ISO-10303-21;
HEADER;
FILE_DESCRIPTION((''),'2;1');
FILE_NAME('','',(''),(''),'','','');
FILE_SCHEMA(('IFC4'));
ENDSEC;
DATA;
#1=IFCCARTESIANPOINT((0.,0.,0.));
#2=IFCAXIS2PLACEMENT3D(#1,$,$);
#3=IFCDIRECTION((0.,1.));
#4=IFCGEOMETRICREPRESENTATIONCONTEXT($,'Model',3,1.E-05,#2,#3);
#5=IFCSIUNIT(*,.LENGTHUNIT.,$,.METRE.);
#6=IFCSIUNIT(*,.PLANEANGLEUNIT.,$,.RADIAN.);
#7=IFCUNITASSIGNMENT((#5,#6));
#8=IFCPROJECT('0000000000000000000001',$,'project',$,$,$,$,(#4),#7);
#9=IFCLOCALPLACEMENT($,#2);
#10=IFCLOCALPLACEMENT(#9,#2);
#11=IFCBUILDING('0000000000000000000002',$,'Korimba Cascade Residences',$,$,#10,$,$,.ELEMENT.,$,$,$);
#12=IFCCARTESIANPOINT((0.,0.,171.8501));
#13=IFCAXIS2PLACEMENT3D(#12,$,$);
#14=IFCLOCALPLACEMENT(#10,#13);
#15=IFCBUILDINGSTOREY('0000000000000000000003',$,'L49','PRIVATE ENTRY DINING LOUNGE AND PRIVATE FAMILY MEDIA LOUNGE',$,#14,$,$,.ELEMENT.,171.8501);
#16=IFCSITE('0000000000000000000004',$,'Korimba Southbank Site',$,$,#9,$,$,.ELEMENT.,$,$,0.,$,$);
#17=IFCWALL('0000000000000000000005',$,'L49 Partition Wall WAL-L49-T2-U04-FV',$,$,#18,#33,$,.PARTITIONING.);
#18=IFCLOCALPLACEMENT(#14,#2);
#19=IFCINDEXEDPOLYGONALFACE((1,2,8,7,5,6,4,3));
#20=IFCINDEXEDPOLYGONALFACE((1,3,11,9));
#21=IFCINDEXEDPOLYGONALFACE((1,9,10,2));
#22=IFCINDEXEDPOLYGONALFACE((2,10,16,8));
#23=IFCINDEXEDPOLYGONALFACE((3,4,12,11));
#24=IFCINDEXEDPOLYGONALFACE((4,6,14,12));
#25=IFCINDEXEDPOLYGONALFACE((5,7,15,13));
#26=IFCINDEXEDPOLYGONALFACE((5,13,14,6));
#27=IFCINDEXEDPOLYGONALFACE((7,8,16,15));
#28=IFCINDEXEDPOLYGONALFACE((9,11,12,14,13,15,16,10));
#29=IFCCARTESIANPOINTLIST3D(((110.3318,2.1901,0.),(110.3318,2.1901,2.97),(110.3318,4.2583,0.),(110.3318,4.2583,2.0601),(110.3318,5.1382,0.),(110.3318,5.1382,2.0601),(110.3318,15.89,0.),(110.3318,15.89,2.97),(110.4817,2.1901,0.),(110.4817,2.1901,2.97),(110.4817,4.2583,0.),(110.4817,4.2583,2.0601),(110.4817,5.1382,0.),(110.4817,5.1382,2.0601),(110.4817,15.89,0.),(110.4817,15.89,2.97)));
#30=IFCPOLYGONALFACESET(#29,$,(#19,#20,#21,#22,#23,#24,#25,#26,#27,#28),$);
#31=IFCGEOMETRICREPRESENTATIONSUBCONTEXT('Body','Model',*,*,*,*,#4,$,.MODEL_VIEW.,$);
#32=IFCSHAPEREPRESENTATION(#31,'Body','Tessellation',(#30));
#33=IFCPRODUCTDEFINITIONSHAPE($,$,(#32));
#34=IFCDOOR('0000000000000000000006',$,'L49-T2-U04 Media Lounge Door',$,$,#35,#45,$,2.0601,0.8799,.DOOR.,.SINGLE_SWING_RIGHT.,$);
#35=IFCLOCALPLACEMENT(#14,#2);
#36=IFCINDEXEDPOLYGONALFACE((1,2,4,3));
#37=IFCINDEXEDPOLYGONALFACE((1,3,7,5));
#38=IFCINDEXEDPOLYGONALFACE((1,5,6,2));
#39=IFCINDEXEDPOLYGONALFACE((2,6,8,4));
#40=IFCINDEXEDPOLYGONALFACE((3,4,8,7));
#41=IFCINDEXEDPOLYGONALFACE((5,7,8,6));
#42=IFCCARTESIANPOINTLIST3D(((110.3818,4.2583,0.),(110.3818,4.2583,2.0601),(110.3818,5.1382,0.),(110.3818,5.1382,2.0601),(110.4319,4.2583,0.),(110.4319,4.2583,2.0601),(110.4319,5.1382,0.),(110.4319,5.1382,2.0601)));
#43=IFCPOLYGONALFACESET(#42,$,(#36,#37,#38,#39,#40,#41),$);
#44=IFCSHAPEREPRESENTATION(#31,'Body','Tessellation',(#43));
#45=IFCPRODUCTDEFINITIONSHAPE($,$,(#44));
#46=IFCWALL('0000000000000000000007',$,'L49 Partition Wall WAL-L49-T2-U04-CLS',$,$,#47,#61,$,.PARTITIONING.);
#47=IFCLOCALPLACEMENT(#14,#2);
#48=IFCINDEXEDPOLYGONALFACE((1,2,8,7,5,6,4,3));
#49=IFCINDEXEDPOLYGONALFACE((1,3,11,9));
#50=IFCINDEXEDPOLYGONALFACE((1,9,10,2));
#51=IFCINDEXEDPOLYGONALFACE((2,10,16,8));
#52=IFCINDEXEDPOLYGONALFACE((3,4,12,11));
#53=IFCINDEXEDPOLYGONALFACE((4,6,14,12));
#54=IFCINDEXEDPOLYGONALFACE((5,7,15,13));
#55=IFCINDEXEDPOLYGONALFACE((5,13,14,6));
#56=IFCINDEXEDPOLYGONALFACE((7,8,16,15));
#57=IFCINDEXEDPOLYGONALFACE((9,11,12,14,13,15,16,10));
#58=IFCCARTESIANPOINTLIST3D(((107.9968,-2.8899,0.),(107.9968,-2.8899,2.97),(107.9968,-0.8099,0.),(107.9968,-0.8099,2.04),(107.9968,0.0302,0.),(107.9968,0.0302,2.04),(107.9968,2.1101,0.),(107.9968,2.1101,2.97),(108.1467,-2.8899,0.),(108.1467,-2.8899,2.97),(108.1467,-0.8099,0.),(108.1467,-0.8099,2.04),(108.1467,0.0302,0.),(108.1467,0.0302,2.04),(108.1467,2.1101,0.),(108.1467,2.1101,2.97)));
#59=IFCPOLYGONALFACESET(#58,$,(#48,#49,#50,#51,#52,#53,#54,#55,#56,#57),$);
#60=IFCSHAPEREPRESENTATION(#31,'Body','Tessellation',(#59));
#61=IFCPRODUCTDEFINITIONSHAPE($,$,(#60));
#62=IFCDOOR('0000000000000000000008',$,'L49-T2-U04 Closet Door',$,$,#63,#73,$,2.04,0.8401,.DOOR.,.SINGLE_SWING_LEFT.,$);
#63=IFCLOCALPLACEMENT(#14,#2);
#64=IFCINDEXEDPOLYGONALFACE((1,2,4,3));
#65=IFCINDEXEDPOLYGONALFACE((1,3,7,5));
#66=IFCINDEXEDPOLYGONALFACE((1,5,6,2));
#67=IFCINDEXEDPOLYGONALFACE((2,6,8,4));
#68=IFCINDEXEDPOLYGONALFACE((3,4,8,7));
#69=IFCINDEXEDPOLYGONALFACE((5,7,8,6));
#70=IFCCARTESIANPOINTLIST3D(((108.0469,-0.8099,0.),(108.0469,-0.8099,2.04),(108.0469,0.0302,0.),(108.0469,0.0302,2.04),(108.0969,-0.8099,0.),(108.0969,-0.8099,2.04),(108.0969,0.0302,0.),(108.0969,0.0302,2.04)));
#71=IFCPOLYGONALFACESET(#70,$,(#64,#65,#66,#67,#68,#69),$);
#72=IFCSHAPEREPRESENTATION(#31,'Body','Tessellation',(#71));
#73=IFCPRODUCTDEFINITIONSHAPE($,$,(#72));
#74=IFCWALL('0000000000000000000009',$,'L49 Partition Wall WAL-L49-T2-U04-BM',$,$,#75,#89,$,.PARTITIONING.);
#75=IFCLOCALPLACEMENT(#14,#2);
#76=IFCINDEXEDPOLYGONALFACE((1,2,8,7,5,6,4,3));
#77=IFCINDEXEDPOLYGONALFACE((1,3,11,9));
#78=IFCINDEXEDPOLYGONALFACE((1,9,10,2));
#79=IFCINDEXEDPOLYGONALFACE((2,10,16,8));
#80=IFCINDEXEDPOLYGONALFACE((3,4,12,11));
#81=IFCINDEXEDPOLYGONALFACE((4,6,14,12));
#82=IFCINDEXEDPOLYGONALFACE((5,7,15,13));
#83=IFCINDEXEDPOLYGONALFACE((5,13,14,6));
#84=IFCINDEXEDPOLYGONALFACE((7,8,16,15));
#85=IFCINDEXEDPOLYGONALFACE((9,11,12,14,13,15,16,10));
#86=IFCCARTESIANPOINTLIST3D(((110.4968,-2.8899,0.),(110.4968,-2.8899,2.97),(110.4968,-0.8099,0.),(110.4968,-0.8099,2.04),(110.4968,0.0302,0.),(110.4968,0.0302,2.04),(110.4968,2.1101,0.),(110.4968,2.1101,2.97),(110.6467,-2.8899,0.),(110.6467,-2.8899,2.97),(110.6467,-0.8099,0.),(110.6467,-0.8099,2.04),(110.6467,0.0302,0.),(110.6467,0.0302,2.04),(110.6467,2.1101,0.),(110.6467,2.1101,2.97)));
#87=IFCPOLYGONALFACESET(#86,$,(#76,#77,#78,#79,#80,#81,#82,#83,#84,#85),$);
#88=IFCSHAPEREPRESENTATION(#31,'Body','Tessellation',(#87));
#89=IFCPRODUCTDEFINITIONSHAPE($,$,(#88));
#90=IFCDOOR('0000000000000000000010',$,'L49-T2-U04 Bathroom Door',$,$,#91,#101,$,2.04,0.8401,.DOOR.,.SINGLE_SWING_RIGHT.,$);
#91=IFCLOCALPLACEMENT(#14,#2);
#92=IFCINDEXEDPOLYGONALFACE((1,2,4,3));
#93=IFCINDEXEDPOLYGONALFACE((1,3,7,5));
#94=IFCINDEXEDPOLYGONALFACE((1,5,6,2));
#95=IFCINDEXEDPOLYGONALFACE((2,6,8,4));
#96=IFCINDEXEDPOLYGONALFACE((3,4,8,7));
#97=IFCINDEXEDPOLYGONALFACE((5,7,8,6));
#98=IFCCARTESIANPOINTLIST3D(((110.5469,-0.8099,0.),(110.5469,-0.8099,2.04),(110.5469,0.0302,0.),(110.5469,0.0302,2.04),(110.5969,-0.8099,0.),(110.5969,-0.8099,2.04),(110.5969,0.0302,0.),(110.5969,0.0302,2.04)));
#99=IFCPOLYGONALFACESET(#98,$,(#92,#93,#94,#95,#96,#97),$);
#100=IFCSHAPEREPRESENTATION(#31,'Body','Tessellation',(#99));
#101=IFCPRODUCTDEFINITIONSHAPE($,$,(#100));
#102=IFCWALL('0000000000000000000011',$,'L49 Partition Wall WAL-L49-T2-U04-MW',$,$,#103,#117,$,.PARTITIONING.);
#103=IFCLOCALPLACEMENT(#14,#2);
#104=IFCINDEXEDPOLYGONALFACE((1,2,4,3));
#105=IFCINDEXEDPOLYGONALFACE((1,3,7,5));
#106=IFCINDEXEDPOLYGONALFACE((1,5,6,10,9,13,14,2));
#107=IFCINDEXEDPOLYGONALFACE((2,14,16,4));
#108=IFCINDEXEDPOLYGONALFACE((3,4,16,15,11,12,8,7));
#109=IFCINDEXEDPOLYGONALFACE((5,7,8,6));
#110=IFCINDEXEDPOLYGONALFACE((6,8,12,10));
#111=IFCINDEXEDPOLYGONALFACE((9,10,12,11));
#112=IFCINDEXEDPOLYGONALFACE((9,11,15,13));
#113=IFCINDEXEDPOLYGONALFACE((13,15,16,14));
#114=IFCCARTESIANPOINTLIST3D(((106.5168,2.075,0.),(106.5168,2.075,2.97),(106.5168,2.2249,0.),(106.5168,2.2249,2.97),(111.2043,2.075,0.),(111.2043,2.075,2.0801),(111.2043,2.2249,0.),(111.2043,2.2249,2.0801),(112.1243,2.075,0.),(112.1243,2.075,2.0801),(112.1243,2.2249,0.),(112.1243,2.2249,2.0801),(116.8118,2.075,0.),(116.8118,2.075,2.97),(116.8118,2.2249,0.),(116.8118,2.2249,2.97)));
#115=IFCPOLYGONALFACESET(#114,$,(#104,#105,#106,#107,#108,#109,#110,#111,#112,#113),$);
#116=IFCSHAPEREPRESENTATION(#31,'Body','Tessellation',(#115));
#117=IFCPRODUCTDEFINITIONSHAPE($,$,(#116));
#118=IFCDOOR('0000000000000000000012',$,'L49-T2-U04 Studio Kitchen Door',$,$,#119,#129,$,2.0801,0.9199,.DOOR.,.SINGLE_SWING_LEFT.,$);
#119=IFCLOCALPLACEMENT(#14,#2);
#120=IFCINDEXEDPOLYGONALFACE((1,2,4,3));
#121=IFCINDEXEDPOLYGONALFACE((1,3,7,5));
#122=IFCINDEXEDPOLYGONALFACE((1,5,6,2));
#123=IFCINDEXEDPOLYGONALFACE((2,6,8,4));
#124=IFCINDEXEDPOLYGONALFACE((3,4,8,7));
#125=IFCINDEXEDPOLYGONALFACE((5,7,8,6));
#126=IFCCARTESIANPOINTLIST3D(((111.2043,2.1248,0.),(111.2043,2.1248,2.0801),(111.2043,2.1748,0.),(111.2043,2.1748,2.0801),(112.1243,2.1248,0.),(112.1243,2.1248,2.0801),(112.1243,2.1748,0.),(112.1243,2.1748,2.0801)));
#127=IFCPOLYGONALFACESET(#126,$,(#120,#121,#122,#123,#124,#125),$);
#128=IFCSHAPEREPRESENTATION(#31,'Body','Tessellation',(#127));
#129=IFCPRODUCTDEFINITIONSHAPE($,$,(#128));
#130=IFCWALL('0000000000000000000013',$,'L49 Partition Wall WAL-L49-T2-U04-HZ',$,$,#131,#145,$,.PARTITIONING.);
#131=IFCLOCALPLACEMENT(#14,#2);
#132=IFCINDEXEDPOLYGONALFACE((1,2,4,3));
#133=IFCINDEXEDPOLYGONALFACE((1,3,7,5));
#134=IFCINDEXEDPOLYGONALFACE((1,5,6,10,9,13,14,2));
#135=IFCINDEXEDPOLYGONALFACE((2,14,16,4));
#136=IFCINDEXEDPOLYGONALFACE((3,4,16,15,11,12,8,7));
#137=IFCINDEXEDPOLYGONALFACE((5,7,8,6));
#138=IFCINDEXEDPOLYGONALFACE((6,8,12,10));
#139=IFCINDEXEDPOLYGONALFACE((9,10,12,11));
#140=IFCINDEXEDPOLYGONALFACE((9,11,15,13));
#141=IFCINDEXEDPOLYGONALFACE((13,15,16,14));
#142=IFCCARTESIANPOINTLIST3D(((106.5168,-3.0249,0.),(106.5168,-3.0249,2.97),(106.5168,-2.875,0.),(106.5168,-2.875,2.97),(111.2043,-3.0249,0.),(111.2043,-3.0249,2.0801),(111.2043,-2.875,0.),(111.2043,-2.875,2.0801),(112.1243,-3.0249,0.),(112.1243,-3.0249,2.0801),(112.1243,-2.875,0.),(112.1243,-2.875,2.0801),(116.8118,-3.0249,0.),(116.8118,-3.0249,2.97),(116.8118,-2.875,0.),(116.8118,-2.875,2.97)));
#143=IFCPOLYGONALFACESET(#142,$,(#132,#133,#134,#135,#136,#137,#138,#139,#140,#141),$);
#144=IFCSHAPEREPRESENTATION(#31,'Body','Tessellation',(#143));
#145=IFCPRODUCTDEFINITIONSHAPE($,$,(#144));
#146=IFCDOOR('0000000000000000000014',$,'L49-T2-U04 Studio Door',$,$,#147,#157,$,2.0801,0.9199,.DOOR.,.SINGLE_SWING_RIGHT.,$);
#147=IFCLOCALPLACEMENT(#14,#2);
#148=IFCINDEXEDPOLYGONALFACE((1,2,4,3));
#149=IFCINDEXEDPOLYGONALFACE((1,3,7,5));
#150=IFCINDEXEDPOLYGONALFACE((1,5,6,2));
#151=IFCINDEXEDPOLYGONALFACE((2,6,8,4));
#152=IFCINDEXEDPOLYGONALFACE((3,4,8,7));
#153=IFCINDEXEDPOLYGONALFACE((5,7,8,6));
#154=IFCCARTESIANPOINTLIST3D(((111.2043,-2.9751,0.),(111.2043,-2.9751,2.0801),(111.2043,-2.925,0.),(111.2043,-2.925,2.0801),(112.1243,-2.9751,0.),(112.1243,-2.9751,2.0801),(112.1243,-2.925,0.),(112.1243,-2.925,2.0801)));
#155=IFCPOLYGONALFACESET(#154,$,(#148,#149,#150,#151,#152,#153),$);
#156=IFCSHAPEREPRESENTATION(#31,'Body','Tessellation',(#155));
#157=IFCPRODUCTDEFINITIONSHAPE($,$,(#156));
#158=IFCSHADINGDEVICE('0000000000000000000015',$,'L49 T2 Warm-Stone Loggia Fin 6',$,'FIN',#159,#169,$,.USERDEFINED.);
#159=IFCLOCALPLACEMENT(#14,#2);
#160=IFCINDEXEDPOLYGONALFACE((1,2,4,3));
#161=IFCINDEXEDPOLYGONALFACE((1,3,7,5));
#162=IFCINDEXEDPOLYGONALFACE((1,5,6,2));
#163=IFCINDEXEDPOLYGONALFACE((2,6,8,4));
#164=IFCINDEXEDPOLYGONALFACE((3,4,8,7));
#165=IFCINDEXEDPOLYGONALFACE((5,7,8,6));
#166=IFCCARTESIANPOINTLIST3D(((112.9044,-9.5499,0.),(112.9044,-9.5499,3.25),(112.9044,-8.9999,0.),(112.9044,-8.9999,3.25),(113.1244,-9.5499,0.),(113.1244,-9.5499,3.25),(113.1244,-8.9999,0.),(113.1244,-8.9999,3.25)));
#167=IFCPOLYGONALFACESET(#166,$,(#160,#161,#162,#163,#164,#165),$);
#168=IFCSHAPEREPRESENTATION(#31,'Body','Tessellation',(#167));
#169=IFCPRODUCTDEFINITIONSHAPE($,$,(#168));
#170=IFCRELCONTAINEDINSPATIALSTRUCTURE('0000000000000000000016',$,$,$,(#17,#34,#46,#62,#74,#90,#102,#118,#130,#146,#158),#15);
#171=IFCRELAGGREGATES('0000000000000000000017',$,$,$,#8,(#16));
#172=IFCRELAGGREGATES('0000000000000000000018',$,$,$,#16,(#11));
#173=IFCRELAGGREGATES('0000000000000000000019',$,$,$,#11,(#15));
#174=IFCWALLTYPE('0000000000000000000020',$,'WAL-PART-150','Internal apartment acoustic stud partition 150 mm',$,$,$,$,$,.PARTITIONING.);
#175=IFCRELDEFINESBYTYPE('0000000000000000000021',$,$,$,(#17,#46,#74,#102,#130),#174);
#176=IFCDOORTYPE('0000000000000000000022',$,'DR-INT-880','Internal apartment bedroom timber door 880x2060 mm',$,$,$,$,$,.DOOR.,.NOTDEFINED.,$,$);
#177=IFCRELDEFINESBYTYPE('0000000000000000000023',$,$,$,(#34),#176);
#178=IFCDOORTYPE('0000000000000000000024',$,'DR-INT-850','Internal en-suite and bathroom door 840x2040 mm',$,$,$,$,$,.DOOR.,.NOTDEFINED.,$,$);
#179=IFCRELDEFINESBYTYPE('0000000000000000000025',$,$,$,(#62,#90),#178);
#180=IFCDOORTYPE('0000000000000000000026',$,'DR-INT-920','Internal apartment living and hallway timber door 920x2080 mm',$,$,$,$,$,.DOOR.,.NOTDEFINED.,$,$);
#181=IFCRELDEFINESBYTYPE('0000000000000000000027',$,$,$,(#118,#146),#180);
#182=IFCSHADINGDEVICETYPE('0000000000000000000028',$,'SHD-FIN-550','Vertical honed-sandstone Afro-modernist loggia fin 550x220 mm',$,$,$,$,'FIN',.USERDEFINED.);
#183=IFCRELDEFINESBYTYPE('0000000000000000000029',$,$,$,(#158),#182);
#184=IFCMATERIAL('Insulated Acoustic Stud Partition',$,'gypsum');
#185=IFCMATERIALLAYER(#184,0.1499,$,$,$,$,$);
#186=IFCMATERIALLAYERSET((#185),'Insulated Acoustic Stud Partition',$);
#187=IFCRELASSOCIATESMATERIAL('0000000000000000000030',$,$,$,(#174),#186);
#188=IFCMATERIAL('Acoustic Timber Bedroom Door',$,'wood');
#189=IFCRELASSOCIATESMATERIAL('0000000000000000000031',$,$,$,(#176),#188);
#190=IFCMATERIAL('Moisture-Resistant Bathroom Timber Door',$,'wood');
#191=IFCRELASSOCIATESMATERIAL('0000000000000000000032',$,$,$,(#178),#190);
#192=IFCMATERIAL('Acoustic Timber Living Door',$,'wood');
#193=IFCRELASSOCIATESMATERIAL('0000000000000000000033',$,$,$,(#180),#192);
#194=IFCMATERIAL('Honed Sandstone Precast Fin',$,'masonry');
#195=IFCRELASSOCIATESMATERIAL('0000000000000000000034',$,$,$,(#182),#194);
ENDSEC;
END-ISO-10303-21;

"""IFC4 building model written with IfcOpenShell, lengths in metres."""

from ifc_helpers import new_model, si_unit, direction, frame, frame_2d, origin, origin_2d, place, context, subcontext, project, spatial, rectangle, extrude, material, layer, layer_set, type_object, element, fill, save


model = new_model("IFC4")

# Units and contexts
model_context = context("Model", 3, precision=1e-05, world=origin(), true_north=direction((0.0, 1.0)))
body_context = subcontext(model_context, "Body", "Model", "MODEL_VIEW")
ifc_project = project(units=[si_unit("LENGTHUNIT", "METRE"), si_unit("PLANEANGLEUNIT", "RADIAN")], contexts=[model_context])

# Site, building, storey
site_placement = place(None, origin())
site = spatial("IfcSite", under=ifc_project, at=site_placement, Name="Korimba Southbank Site", CompositionType="ELEMENT", RefElevation=0.0)
building_placement = place(site_placement, origin())
building = spatial("IfcBuilding", under=site, at=building_placement, Name="Korimba Cascade Residences", CompositionType="ELEMENT")
storey_placement = place(building_placement, frame((0.0, 0.0, 171.8501)))
storey = spatial("IfcBuildingStorey", under=building, at=storey_placement, Name="L49", Description="PRIVATE ENTRY DINING LOUNGE AND PRIVATE FAMILY MEDIA LOUNGE", CompositionType="ELEMENT", Elevation=171.8501)

# Walls, openings, doors
ifc_material_1 = material(Name="Insulated Acoustic Stud Partition", Category="gypsum")
ifc_layer_1 = layer(ifc_material_1, 0.1499)
ifc_layer_set_1 = layer_set([ifc_layer_1], Name="Insulated Acoustic Stud Partition")
wall_type_1 = type_object("IfcWallType", Name="WAL-PART-150", Description="Internal apartment acoustic stud partition 150 mm", PredefinedType="PARTITIONING", material=ifc_layer_set_1)
wall_1_placement = place(storey_placement, frame((110.4067, 2.1899, 0.0), z_axis=(0.0, 0.0, 1.0), x_axis=(0.0, 1.0, 0.0)))
wall_1 = element("IfcWall", 1, at=wall_1_placement, inside=storey, type_object=wall_type_1, Name="L49 Partition Wall WAL-L49-T2-U04-FV", PredefinedType="PARTITIONING", context=body_context, shape_type="SweptSolid", body=[
    extrude(rectangle(XDim=13.7, YDim=0.1499, at=frame_2d((6.8501, 0.0))), origin(), (0.0, 0.0, 1.0), 2.97),
])
opening_1_placement = place(wall_1_placement, frame((2.0684, 0.0, 0.0)))
opening_1 = element("IfcOpeningElement", 2, at=opening_1_placement, cuts=wall_1, PredefinedType="OPENING", context=body_context, shape_type="SweptSolid", body=[
    extrude(rectangle(XDim=0.8799, YDim=2.0601, at=frame_2d((0.4399, 1.03))), frame((0.0, 0.085, 0.0), z_axis=(0.0, -1.0, 0.0), x_axis=(1.0, 0.0, 0.0)), (0.0, 0.0, 1.0), 0.1699),
])
ifc_material_2 = material(Name="Acoustic Timber Bedroom Door", Category="wood")
door_type_1 = type_object("IfcDoorType", Name="DR-INT-880", Description="Internal apartment bedroom timber door 880x2060 mm", OperationType="NOTDEFINED", PredefinedType="DOOR", material=ifc_material_2)
door_1_placement = place(opening_1_placement, origin())
door_1 = element("IfcDoor", 3, at=door_1_placement, inside=storey, type_object=door_type_1, Name="L49-T2-U04 Media Lounge Door", OperationType="SINGLE_SWING_RIGHT", OverallHeight=2.0601, OverallWidth=0.8799, PredefinedType="DOOR", context=body_context, shape_type="SweptSolid", body=[
    extrude(rectangle(XDim=0.8799, YDim=2.0601, at=frame_2d((0.4399, 1.03))), frame((0.0, 0.0249, 0.0), z_axis=(0.0, -1.0, 0.0), x_axis=(1.0, 0.0, 0.0)), (0.0, 0.0, 1.0), 0.05),
])
fill(opening_1, door_1)
wall_2_placement = place(storey_placement, frame((108.0718, -2.8899, 0.0), z_axis=(0.0, 0.0, 1.0), x_axis=(0.0, 1.0, 0.0)))
wall_2 = element("IfcWall", 4, at=wall_2_placement, inside=storey, type_object=wall_type_1, Name="L49 Partition Wall WAL-L49-T2-U04-CLS", PredefinedType="PARTITIONING", context=body_context, shape_type="SweptSolid", body=[
    extrude(rectangle(XDim=5.0, YDim=0.1499, at=frame_2d((2.5, 0.0))), origin(), (0.0, 0.0, 1.0), 2.97),
])
opening_2_placement = place(wall_2_placement, frame((2.0801, 0.0, 0.0)))
opening_2 = element("IfcOpeningElement", 5, at=opening_2_placement, cuts=wall_2, PredefinedType="OPENING", context=body_context, shape_type="SweptSolid", body=[
    extrude(rectangle(XDim=0.8401, YDim=2.04, at=frame_2d((0.4199, 1.02))), frame((0.0, 0.085, 0.0), z_axis=(0.0, -1.0, 0.0), x_axis=(1.0, 0.0, 0.0)), (0.0, 0.0, 1.0), 0.1699),
])
ifc_material_3 = material(Name="Moisture-Resistant Bathroom Timber Door", Category="wood")
door_type_2 = type_object("IfcDoorType", Name="DR-INT-850", Description="Internal en-suite and bathroom door 840x2040 mm", OperationType="NOTDEFINED", PredefinedType="DOOR", material=ifc_material_3)
door_2_placement = place(opening_2_placement, origin())
door_2 = element("IfcDoor", 6, at=door_2_placement, inside=storey, type_object=door_type_2, Name="L49-T2-U04 Closet Door", OperationType="SINGLE_SWING_LEFT", OverallHeight=2.04, OverallWidth=0.8401, PredefinedType="DOOR", context=body_context, shape_type="SweptSolid", body=[
    extrude(rectangle(XDim=0.8401, YDim=2.04, at=frame_2d((0.4199, 1.02))), frame((0.0, 0.0249, 0.0), z_axis=(0.0, -1.0, 0.0), x_axis=(1.0, 0.0, 0.0)), (0.0, 0.0, 1.0), 0.05),
])
fill(opening_2, door_2)
wall_3_placement = place(storey_placement, frame((110.5718, -2.8899, 0.0), z_axis=(0.0, 0.0, 1.0), x_axis=(0.0, 1.0, 0.0)))
wall_3 = element("IfcWall", 7, at=wall_3_placement, inside=storey, type_object=wall_type_1, Name="L49 Partition Wall WAL-L49-T2-U04-BM", PredefinedType="PARTITIONING", context=body_context, shape_type="SweptSolid", body=[
    extrude(rectangle(XDim=5.0, YDim=0.1499, at=frame_2d((2.5, 0.0))), origin(), (0.0, 0.0, 1.0), 2.97),
])
opening_3_placement = place(wall_3_placement, frame((2.0801, 0.0, 0.0)))
opening_3 = element("IfcOpeningElement", 8, at=opening_3_placement, cuts=wall_3, PredefinedType="OPENING", context=body_context, shape_type="SweptSolid", body=[
    extrude(rectangle(XDim=0.8401, YDim=2.04, at=frame_2d((0.4199, 1.02))), frame((0.0, 0.085, 0.0), z_axis=(0.0, -1.0, 0.0), x_axis=(1.0, 0.0, 0.0)), (0.0, 0.0, 1.0), 0.1699),
])
door_3_placement = place(opening_3_placement, origin())
door_3 = element("IfcDoor", 9, at=door_3_placement, inside=storey, type_object=door_type_2, Name="L49-T2-U04 Bathroom Door", OperationType="SINGLE_SWING_RIGHT", OverallHeight=2.04, OverallWidth=0.8401, PredefinedType="DOOR", context=body_context, shape_type="SweptSolid", body=[
    extrude(rectangle(XDim=0.8401, YDim=2.04, at=frame_2d((0.4199, 1.02))), frame((0.0, 0.0249, 0.0), z_axis=(0.0, -1.0, 0.0), x_axis=(1.0, 0.0, 0.0)), (0.0, 0.0, 1.0), 0.05),
])
fill(opening_3, door_3)
wall_4_placement = place(storey_placement, frame((106.5168, 2.1499, 0.0), z_axis=(0.0, 0.0, 1.0), x_axis=(1.0, 0.0, 0.0)))
wall_4 = element("IfcWall", 10, at=wall_4_placement, inside=storey, type_object=wall_type_1, Name="L49 Partition Wall WAL-L49-T2-U04-MW", PredefinedType="PARTITIONING", context=body_context, shape_type="SweptSolid", body=[
    extrude(rectangle(XDim=10.2949, YDim=0.1499, at=frame_2d((5.1475, 0.0))), origin(), (0.0, 0.0, 1.0), 2.97),
])
opening_4_placement = place(wall_4_placement, frame((4.6875, 0.0, 0.0)))
opening_4 = element("IfcOpeningElement", 11, at=opening_4_placement, cuts=wall_4, PredefinedType="OPENING", context=body_context, shape_type="SweptSolid", body=[
    extrude(rectangle(XDim=0.9199, YDim=2.0801, at=frame_2d((0.46, 1.04))), frame((0.0, 0.085, 0.0), z_axis=(0.0, -1.0, 0.0), x_axis=(1.0, 0.0, 0.0)), (0.0, 0.0, 1.0), 0.1699),
])
ifc_material_4 = material(Name="Acoustic Timber Living Door", Category="wood")
door_type_3 = type_object("IfcDoorType", Name="DR-INT-920", Description="Internal apartment living and hallway timber door 920x2080 mm", OperationType="NOTDEFINED", PredefinedType="DOOR", material=ifc_material_4)
door_4_placement = place(opening_4_placement, origin())
door_4 = element("IfcDoor", 12, at=door_4_placement, inside=storey, type_object=door_type_3, Name="L49-T2-U04 Studio Kitchen Door", OperationType="SINGLE_SWING_LEFT", OverallHeight=2.0801, OverallWidth=0.9199, PredefinedType="DOOR", context=body_context, shape_type="SweptSolid", body=[
    extrude(rectangle(XDim=0.9199, YDim=2.0801, at=frame_2d((0.46, 1.04))), frame((0.0, 0.0249, 0.0), z_axis=(0.0, -1.0, 0.0), x_axis=(1.0, 0.0, 0.0)), (0.0, 0.0, 1.0), 0.05),
])
fill(opening_4, door_4)
wall_5_placement = place(storey_placement, frame((106.5168, -2.95, 0.0), z_axis=(0.0, 0.0, 1.0), x_axis=(1.0, 0.0, 0.0)))
wall_5 = element("IfcWall", 13, at=wall_5_placement, inside=storey, type_object=wall_type_1, Name="L49 Partition Wall WAL-L49-T2-U04-HZ", PredefinedType="PARTITIONING", context=body_context, shape_type="SweptSolid", body=[
    extrude(rectangle(XDim=10.2949, YDim=0.1499, at=frame_2d((5.1475, 0.0))), origin(), (0.0, 0.0, 1.0), 2.97),
])
opening_5_placement = place(wall_5_placement, frame((4.6875, 0.0, 0.0)))
opening_5 = element("IfcOpeningElement", 14, at=opening_5_placement, cuts=wall_5, PredefinedType="OPENING", context=body_context, shape_type="SweptSolid", body=[
    extrude(rectangle(XDim=0.9199, YDim=2.0801, at=frame_2d((0.46, 1.04))), frame((0.0, 0.085, 0.0), z_axis=(0.0, -1.0, 0.0), x_axis=(1.0, 0.0, 0.0)), (0.0, 0.0, 1.0), 0.1699),
])
door_5_placement = place(opening_5_placement, origin())
door_5 = element("IfcDoor", 15, at=door_5_placement, inside=storey, type_object=door_type_3, Name="L49-T2-U04 Studio Door", OperationType="SINGLE_SWING_RIGHT", OverallHeight=2.0801, OverallWidth=0.9199, PredefinedType="DOOR", context=body_context, shape_type="SweptSolid", body=[
    extrude(rectangle(XDim=0.9199, YDim=2.0801, at=frame_2d((0.46, 1.04))), frame((0.0, 0.0249, 0.0), z_axis=(0.0, -1.0, 0.0), x_axis=(1.0, 0.0, 0.0)), (0.0, 0.0, 1.0), 0.05),
])
fill(opening_5, door_5)

# Shading device
ifc_material_5 = material(Name="Honed Sandstone Precast Fin", Category="masonry")
shading_device_type = type_object("IfcShadingDeviceType", Name="SHD-FIN-550", Description="Vertical honed-sandstone Afro-modernist loggia fin 550x220 mm", ElementType="FIN", PredefinedType="USERDEFINED", material=ifc_material_5)
shading_device_placement = place(storey_placement, frame((113.0144, -9.2749, 0.0), z_axis=(0.0, 0.0, 1.0), x_axis=(1.0, 0.0, 0.0)))
element("IfcShadingDevice", 16, at=shading_device_placement, inside=storey, type_object=shading_device_type, Name="L49 T2 Warm-Stone Loggia Fin 6", ObjectType="FIN", PredefinedType="USERDEFINED", context=body_context, shape_type="SweptSolid", body=[
    extrude(rectangle(XDim=0.22, YDim=0.55, at=origin_2d()), origin(), (0.0, 0.0, 1.0), 3.25),
])

save(model, "model.ifc")
